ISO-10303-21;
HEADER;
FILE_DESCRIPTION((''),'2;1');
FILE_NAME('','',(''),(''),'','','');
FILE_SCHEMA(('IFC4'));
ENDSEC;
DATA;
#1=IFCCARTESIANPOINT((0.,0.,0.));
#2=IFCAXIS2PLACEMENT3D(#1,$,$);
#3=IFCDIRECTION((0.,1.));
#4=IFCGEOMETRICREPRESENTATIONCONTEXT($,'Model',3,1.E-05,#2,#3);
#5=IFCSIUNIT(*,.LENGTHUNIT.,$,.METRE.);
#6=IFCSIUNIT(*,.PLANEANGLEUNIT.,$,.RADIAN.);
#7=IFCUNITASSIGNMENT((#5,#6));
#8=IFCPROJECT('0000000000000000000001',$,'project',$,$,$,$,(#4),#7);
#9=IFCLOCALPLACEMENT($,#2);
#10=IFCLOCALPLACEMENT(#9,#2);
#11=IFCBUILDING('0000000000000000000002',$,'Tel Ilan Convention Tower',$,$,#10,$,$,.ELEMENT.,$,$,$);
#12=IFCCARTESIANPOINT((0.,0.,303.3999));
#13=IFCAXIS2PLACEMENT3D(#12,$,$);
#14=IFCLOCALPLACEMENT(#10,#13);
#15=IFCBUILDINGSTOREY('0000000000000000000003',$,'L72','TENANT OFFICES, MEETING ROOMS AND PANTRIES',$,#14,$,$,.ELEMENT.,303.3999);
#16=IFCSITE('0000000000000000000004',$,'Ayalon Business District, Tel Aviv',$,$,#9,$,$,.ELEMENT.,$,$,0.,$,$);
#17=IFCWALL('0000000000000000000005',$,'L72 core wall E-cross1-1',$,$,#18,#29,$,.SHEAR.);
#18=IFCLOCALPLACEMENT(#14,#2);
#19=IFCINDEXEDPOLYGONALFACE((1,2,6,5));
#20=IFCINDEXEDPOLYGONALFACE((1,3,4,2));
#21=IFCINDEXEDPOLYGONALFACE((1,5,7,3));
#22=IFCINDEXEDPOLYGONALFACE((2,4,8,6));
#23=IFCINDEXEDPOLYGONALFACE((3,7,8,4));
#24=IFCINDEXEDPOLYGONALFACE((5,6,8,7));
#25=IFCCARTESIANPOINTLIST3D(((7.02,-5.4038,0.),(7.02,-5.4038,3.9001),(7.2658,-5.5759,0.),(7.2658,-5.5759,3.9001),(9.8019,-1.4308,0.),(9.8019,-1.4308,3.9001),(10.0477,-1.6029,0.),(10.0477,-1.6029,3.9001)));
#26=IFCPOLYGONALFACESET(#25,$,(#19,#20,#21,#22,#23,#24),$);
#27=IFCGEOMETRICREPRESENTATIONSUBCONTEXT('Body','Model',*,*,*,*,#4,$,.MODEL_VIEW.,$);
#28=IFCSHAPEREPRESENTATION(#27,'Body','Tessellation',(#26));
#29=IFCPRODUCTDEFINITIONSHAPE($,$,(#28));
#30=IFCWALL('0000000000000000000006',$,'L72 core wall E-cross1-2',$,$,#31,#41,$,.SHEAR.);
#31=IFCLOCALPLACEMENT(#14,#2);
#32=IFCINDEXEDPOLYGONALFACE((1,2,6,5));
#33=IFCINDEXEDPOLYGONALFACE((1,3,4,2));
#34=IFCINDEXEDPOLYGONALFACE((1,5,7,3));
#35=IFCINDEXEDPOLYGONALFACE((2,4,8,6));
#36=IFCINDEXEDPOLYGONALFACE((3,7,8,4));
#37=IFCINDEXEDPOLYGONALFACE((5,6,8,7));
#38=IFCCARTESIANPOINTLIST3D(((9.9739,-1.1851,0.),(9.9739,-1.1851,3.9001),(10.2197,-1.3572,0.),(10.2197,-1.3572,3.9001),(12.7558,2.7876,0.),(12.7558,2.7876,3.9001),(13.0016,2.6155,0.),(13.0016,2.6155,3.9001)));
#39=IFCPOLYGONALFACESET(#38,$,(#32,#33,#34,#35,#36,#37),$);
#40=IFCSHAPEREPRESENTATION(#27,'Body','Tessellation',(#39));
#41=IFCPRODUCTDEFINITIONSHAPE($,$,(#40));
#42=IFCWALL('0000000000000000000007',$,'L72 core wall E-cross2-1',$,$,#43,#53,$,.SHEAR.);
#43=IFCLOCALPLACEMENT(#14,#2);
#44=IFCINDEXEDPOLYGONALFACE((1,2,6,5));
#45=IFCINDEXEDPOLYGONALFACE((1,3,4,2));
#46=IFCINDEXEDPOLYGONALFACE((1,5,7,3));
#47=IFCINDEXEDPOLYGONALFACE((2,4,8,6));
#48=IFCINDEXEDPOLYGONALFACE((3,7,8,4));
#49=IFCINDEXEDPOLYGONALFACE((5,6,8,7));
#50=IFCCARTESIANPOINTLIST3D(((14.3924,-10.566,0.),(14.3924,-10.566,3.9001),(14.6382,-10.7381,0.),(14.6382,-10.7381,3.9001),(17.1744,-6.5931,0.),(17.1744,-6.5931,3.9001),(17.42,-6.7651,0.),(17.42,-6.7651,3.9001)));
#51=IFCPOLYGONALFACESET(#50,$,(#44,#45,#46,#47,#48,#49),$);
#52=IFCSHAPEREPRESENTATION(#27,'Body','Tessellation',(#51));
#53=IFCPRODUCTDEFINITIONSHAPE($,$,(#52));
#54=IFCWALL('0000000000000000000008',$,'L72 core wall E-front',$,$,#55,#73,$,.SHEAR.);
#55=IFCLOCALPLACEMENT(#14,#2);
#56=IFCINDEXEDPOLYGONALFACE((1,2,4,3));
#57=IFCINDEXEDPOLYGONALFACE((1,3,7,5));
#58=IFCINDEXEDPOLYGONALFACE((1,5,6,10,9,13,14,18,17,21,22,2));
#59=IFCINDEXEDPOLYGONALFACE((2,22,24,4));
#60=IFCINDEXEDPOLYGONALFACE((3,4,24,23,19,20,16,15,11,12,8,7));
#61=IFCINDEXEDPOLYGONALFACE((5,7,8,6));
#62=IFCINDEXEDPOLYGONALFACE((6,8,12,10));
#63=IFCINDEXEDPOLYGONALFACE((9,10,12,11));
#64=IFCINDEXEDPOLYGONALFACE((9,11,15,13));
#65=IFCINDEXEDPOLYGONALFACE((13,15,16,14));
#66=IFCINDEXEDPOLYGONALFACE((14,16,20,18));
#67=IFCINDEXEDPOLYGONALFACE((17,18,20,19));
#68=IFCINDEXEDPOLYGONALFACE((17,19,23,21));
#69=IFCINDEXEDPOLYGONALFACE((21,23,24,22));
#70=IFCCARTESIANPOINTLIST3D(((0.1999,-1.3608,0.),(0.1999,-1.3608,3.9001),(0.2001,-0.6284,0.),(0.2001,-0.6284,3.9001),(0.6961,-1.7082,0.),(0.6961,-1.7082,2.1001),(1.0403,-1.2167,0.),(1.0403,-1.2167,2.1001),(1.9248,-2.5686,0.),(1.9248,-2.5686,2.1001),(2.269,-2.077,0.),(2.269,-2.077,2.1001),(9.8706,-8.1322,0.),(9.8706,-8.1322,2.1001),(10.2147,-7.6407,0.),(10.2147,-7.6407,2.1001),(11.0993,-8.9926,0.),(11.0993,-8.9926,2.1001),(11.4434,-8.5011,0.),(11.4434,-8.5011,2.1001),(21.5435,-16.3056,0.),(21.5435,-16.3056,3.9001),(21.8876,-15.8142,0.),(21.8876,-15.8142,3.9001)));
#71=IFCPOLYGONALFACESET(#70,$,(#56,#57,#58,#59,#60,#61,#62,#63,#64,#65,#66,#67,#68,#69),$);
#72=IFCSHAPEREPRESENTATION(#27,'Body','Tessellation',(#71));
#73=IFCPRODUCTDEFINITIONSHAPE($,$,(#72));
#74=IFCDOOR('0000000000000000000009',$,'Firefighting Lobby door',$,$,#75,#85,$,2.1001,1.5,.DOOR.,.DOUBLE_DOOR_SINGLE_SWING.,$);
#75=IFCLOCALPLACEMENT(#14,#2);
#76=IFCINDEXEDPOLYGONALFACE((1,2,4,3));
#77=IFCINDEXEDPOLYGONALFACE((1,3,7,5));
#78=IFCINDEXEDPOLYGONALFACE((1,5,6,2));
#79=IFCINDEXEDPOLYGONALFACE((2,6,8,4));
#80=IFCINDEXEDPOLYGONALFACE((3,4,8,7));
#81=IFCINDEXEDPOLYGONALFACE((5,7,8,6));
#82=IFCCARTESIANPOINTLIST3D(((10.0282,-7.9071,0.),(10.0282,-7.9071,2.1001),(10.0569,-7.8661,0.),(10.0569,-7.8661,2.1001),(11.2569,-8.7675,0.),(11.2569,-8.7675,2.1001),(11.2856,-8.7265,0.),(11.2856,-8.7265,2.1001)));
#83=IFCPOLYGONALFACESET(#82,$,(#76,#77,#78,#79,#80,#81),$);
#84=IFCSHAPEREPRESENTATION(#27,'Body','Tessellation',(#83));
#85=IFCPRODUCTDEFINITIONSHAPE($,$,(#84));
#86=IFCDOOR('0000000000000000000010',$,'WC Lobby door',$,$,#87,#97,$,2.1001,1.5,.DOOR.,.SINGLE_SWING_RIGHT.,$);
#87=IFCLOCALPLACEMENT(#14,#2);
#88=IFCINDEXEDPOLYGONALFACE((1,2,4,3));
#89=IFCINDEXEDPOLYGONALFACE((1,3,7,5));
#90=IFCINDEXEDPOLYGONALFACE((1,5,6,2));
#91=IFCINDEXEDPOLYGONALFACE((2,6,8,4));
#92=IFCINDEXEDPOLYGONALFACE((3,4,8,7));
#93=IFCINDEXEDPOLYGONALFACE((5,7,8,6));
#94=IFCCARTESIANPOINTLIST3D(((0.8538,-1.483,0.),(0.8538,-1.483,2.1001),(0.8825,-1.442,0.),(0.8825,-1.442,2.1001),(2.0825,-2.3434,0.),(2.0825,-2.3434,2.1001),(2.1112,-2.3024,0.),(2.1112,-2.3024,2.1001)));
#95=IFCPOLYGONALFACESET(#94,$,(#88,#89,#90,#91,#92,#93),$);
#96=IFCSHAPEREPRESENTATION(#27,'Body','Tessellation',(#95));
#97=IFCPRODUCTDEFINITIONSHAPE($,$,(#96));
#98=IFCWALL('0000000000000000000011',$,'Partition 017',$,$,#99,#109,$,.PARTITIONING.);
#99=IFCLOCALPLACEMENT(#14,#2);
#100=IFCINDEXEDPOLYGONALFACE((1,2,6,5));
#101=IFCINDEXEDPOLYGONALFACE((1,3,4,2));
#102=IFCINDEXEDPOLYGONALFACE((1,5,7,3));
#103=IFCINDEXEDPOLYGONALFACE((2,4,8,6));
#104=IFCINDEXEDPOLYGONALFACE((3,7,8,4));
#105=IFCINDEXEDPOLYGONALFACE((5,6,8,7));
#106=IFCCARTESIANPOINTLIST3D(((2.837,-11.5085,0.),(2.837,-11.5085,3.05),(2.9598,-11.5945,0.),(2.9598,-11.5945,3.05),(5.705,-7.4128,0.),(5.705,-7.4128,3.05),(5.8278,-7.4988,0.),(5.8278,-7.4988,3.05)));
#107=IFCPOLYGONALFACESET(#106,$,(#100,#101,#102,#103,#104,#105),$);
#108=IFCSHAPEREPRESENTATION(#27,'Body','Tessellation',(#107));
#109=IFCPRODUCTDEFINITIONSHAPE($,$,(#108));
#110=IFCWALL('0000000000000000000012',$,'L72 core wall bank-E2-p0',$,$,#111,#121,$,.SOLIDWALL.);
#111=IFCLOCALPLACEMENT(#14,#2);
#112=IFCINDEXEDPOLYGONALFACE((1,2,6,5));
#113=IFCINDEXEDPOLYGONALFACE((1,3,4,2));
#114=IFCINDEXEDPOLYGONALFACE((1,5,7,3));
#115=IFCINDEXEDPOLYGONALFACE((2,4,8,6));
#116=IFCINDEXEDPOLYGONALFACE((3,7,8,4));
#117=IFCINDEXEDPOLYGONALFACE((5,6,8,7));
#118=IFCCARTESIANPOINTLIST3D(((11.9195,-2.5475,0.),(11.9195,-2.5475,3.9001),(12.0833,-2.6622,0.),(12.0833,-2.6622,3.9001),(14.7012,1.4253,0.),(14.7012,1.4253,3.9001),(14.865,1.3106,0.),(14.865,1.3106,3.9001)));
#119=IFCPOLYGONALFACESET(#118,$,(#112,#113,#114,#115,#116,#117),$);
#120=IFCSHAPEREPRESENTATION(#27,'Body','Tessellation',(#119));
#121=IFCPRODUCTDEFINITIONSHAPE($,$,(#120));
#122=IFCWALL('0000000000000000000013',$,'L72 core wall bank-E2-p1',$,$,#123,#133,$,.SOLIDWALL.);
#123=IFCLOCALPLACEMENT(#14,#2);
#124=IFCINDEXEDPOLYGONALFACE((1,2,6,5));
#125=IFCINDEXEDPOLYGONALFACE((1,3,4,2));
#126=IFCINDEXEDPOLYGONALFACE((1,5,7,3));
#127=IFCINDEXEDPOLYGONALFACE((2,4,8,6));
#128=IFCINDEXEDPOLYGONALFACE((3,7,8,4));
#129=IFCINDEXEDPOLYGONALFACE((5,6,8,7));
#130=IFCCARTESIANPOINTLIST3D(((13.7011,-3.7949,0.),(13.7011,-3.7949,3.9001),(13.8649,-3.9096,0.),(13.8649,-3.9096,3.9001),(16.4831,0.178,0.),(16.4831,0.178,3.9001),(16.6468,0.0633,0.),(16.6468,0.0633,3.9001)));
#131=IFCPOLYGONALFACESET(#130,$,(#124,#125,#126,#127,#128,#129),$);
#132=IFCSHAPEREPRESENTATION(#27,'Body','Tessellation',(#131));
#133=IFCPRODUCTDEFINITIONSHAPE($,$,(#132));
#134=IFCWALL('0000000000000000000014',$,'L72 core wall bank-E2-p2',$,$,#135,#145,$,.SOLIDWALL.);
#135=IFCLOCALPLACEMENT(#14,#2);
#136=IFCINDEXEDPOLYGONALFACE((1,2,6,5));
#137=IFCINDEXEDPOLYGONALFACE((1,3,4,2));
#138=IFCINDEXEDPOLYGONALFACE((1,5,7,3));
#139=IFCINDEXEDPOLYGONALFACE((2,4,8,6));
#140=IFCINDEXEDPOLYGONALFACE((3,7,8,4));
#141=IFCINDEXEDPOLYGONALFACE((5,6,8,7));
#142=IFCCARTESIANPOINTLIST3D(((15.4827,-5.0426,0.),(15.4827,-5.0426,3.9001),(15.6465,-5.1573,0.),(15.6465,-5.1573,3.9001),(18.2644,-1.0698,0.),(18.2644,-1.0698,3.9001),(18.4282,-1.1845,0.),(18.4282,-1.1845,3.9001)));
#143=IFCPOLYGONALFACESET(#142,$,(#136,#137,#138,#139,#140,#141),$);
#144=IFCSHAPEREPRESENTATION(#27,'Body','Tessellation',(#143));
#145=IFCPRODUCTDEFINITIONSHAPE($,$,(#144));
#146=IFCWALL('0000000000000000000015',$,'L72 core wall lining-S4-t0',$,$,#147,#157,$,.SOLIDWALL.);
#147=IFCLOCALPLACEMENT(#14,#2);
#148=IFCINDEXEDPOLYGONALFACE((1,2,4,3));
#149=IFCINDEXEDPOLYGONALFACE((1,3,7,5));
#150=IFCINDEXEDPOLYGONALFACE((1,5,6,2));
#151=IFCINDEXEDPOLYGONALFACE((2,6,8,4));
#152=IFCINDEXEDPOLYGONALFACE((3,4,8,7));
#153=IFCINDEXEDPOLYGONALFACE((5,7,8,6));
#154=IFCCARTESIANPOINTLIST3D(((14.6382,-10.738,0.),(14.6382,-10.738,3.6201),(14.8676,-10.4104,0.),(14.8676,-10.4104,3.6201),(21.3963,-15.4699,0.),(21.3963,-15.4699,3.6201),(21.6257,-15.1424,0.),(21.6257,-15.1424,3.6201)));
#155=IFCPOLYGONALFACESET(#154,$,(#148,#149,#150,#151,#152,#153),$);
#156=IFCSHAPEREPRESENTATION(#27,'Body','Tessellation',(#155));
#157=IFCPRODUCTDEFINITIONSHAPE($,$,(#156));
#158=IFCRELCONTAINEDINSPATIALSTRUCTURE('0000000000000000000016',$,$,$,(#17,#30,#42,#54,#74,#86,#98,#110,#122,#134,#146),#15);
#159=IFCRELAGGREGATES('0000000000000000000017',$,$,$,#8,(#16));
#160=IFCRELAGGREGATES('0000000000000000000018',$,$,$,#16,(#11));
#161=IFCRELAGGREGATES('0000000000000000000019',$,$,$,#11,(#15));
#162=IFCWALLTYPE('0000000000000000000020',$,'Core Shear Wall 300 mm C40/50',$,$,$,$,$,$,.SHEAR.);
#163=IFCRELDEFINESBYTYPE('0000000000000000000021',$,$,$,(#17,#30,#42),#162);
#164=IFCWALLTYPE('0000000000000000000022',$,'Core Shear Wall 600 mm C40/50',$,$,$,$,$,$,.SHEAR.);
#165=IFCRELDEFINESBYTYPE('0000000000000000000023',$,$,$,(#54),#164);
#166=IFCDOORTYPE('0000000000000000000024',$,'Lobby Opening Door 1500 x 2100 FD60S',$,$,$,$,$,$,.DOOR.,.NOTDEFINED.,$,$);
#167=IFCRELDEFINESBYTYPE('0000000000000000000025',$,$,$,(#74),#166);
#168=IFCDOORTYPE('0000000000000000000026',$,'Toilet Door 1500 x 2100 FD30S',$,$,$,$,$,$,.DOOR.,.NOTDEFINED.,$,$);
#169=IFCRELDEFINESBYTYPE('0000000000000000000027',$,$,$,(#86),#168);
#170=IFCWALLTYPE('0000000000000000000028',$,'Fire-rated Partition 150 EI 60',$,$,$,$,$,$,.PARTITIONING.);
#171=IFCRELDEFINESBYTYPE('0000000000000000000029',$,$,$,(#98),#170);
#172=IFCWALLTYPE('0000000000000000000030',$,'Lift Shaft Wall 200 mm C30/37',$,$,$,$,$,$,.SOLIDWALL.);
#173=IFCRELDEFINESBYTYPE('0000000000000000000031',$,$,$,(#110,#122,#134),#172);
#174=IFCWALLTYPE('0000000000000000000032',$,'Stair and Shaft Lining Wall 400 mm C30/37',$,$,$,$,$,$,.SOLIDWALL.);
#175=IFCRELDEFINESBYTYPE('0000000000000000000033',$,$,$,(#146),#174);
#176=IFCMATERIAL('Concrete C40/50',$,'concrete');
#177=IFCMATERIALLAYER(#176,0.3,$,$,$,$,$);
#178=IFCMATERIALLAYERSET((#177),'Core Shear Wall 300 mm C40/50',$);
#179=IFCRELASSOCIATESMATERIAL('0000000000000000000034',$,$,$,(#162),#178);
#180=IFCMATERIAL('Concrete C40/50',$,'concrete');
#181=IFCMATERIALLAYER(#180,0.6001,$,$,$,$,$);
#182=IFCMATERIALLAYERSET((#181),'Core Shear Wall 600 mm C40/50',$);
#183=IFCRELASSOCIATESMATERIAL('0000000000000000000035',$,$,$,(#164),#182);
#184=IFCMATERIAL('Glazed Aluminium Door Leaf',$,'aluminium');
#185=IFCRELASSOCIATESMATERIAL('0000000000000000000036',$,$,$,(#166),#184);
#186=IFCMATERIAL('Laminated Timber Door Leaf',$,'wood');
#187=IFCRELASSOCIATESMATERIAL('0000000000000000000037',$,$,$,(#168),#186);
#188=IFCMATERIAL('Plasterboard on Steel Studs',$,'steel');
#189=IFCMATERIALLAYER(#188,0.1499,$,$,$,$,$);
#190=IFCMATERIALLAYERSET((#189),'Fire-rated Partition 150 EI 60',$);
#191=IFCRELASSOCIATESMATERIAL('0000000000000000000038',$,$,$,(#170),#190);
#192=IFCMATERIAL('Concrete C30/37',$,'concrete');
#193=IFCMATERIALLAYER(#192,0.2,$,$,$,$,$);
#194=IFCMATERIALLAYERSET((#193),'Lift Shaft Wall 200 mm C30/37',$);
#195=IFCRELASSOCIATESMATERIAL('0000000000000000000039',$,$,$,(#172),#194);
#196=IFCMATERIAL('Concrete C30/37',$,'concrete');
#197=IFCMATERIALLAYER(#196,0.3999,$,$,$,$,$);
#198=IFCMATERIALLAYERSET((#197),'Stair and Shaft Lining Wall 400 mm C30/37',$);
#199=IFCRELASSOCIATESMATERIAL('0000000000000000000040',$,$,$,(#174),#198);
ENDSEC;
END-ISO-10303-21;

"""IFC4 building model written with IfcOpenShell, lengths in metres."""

from ifc_helpers import new_model, si_unit, direction, frame, frame_2d, origin, place, context, subcontext, project, spatial, polyline, rectangle, outline, extrude, material, layer, layer_set, type_object, element, fill, save


model = new_model("IFC4")

# Units and contexts
model_context = context("Model", 3, precision=1e-05, world=origin(), true_north=direction((0.0, 1.0)))
body_context = subcontext(model_context, "Body", "Model", "MODEL_VIEW")
ifc_project = project(units=[si_unit("LENGTHUNIT", "METRE"), si_unit("PLANEANGLEUNIT", "RADIAN")], contexts=[model_context])

# Site, building, storey
site_placement = place(None, origin())
site = spatial("IfcSite", under=ifc_project, at=site_placement, Name="Ayalon Business District, Tel Aviv", CompositionType="ELEMENT", RefElevation=0.0)
building_placement = place(site_placement, origin())
building = spatial("IfcBuilding", under=site, at=building_placement, Name="Tel Ilan Convention Tower", CompositionType="ELEMENT")
storey_placement = place(building_placement, frame((0.0, 0.0, 303.3999)))
storey = spatial("IfcBuildingStorey", under=building, at=storey_placement, Name="L72", Description="TENANT OFFICES, MEETING ROOMS AND PANTRIES", CompositionType="ELEMENT", Elevation=303.3999)

# Walls
ifc_material_1 = material(Name="Concrete C40/50", Category="concrete")
ifc_layer_1 = layer(ifc_material_1, 0.3)
ifc_layer_set_1 = layer_set([ifc_layer_1], Name="Core Shear Wall 300 mm C40/50")
wall_type_1 = type_object("IfcWallType", Name="Core Shear Wall 300 mm C40/50", PredefinedType="SHEAR", material=ifc_layer_set_1)
wall_1_placement = place(storey_placement, frame((7.1428, -5.4897, 0.0), z_axis=(0.0, 0.0, 1.0), x_axis=(0.573618, 0.819123, 0.0)))
element("IfcWall", 1, at=wall_1_placement, inside=storey, type_object=wall_type_1, Name="L72 core wall E-cross1-1", PredefinedType="SHEAR", context=body_context, shape_type="SweptSolid", body=[
    extrude(outline(polyline([(0.0, 0.1499), (0.0, -0.1501), (4.8501, -0.1499), (4.8501, 0.1501), (0.0, 0.1499)])), origin(), (0.0, 0.0, 1.0), 3.9001),
])
wall_2_placement = place(storey_placement, frame((10.0969, -1.2712, 0.0), z_axis=(0.0, 0.0, 1.0), x_axis=(0.57356, 0.819163, 0.0)))
element("IfcWall", 2, at=wall_2_placement, inside=storey, type_object=wall_type_1, Name="L72 core wall E-cross1-2", PredefinedType="SHEAR", context=body_context, shape_type="SweptSolid", body=[
    extrude(outline(polyline([(4.8499, -0.1501), (4.8499, 0.1499), (0.0, 0.1501), (0.0, -0.1499), (4.8499, -0.1501)])), origin(), (0.0, 0.0, 1.0), 3.9001),
])
wall_3_placement = place(storey_placement, frame((14.5154, -10.6521, 0.0), z_axis=(0.0, 0.0, 1.0), x_axis=(0.57356, 0.819163, 0.0)))
element("IfcWall", 3, at=wall_3_placement, inside=storey, type_object=wall_type_1, Name="L72 core wall E-cross2-1", PredefinedType="SHEAR", context=body_context, shape_type="SweptSolid", body=[
    extrude(outline(polyline([(0.0, 0.1501), (0.0, -0.1499), (4.8501, -0.1499), (4.8501, 0.1499), (0.0, 0.1501)])), origin(), (0.0, 0.0, 1.0), 3.9001),
])

# Wall, openings, doors
ifc_material_2 = material(Name="Concrete C40/50", Category="concrete")
ifc_layer_2 = layer(ifc_material_2, 0.6001)
ifc_layer_set_2 = layer_set([ifc_layer_2], Name="Core Shear Wall 600 mm C40/50")
wall_type_2 = type_object("IfcWallType", Name="Core Shear Wall 600 mm C40/50", PredefinedType="SHEAR", material=ifc_layer_set_2)
wall_4_placement = place(storey_placement, frame((0.0278, -0.874, 0.0), z_axis=(0.0, 0.0, 1.0), x_axis=(0.81915, -0.573579, 0.0)))
wall_4 = element("IfcWall", 4, at=wall_4_placement, inside=storey, type_object=wall_type_2, Name="L72 core wall E-front", PredefinedType="SHEAR", context=body_context, shape_type="SweptSolid", body=[
    extrude(outline(polyline([(26.4758, 0.3), (0.0002, 0.3), (0.4202, -0.3), (26.4758, -0.2998), (26.4758, 0.3)])), origin(), (0.0, 0.0, 1.0), 3.9001),
])
opening_1_placement = place(wall_4_placement, frame((1.0259, 0.0, 0.0)))
opening_1 = element("IfcOpeningElement", 5, at=opening_1_placement, cuts=wall_4, PredefinedType="OPENING", context=body_context, shape_type="SweptSolid", body=[
    extrude(rectangle(XDim=1.5, YDim=2.1001, at=frame_2d((0.75, 1.05))), frame((0.0, 0.3101, 0.0), z_axis=(0.0, -1.0, 0.0), x_axis=(1.0, 0.0, 0.0)), (0.0, 0.0, 1.0), 0.6201),
])
opening_2_placement = place(wall_4_placement, frame((12.2258, 0.0, 0.0)))
opening_2 = element("IfcOpeningElement", 6, at=opening_2_placement, cuts=wall_4, PredefinedType="OPENING", context=body_context, shape_type="SweptSolid", body=[
    extrude(rectangle(XDim=1.5, YDim=2.1001, at=frame_2d((0.75, 1.05))), frame((0.0, 0.3101, 0.0), z_axis=(0.0, -1.0, 0.0), x_axis=(1.0, 0.0, 0.0)), (0.0, 0.0, 1.0), 0.6201),
])
ifc_material_3 = material(Name="Glazed Aluminium Door Leaf", Category="aluminium")
door_type_1 = type_object("IfcDoorType", Name="Lobby Opening Door 1500 x 2100 FD60S", OperationType="NOTDEFINED", PredefinedType="DOOR", material=ifc_material_3)
door_1_placement = place(opening_2_placement, origin())
door_1 = element("IfcDoor", 7, at=door_1_placement, inside=storey, type_object=door_type_1, Name="Firefighting Lobby door", OperationType="DOUBLE_DOOR_SINGLE_SWING", OverallHeight=2.1001, OverallWidth=1.5, PredefinedType="DOOR", context=body_context, shape_type="SweptSolid", body=[
    extrude(rectangle(XDim=1.5, YDim=2.1001, at=frame_2d((0.75, 1.05))), frame((0.0, 0.0249, 0.0), z_axis=(0.0, -1.0, 0.0), x_axis=(1.0, 0.0, 0.0)), (0.0, 0.0, 1.0), 0.05),
])
fill(opening_2, door_1)
ifc_material_4 = material(Name="Laminated Timber Door Leaf", Category="wood")
door_type_2 = type_object("IfcDoorType", Name="Toilet Door 1500 x 2100 FD30S", OperationType="NOTDEFINED", PredefinedType="DOOR", material=ifc_material_4)
door_2_placement = place(opening_1_placement, origin())
door_2 = element("IfcDoor", 8, at=door_2_placement, inside=storey, type_object=door_type_2, Name="WC Lobby door", OperationType="SINGLE_SWING_RIGHT", OverallHeight=2.1001, OverallWidth=1.5, PredefinedType="DOOR", context=body_context, shape_type="SweptSolid", body=[
    extrude(rectangle(XDim=1.5, YDim=2.1001, at=frame_2d((0.75, 1.05))), frame((0.0, 0.0249, 0.0), z_axis=(0.0, -1.0, 0.0), x_axis=(1.0, 0.0, 0.0)), (0.0, 0.0, 1.0), 0.05),
])
fill(opening_1, door_2)

# Walls
ifc_material_5 = material(Name="Plasterboard on Steel Studs", Category="steel")
ifc_layer_3 = layer(ifc_material_5, 0.1499)
ifc_layer_set_3 = layer_set([ifc_layer_3], Name="Fire-rated Partition 150 EI 60")
wall_type_3 = type_object("IfcWallType", Name="Fire-rated Partition 150 EI 60", PredefinedType="PARTITIONING", material=ifc_layer_set_3)
wall_5_placement = place(storey_placement, frame((2.8984, -11.5515, 0.0), z_axis=(0.0, 0.0, 1.0), x_axis=(0.573587, 0.819145, 0.0)))
element("IfcWall", 9, at=wall_5_placement, inside=storey, type_object=wall_type_3, Name="Partition 017", PredefinedType="PARTITIONING", context=body_context, shape_type="SweptSolid", body=[
    extrude(rectangle(XDim=5.0, YDim=0.1499, at=frame_2d((2.5, 0.0))), origin(), (0.0, 0.0, 1.0), 3.05),
])
ifc_material_6 = material(Name="Concrete C30/37", Category="concrete")
ifc_layer_4 = layer(ifc_material_6, 0.2)
ifc_layer_set_4 = layer_set([ifc_layer_4], Name="Lift Shaft Wall 200 mm C30/37")
wall_type_4 = type_object("IfcWallType", Name="Lift Shaft Wall 200 mm C30/37", PredefinedType="SOLIDWALL", material=ifc_layer_set_4)
wall_6_placement = place(storey_placement, frame((12.0015, -2.6047, 0.0), z_axis=(0.0, 0.0, 1.0), x_axis=(0.57356, 0.819163, 0.0)))
element("IfcWall", 10, at=wall_6_placement, inside=storey, type_object=wall_type_4, Name="L72 core wall bank-E2-p0", PredefinedType="SOLIDWALL", context=body_context, shape_type="SweptSolid", body=[
    extrude(rectangle(XDim=4.8499, YDim=0.2, at=frame_2d((2.4248, 0.0))), origin(), (0.0, 0.0, 1.0), 3.9001),
])
wall_7_placement = place(storey_placement, frame((13.783, -3.8523, 0.0), z_axis=(0.0, 0.0, 1.0), x_axis=(0.573594, 0.81914, 0.0)))
element("IfcWall", 11, at=wall_7_placement, inside=storey, type_object=wall_type_4, Name="L72 core wall bank-E2-p1", PredefinedType="SOLIDWALL", context=body_context, shape_type="SweptSolid", body=[
    extrude(rectangle(XDim=4.8501, YDim=0.2, at=frame_2d((2.425, 0.0))), origin(), (0.0, 0.0, 1.0), 3.9001),
])
wall_8_placement = place(storey_placement, frame((15.5647, -5.0999, 0.0), z_axis=(0.0, 0.0, 1.0), x_axis=(0.57356, 0.819163, 0.0)))
element("IfcWall", 12, at=wall_8_placement, inside=storey, type_object=wall_type_4, Name="L72 core wall bank-E2-p2", PredefinedType="SOLIDWALL", context=body_context, shape_type="SweptSolid", body=[
    extrude(rectangle(XDim=4.8499, YDim=0.2, at=frame_2d((2.4248, 0.0))), origin(), (0.0, 0.0, 1.0), 3.9001),
])
ifc_material_7 = material(Name="Concrete C30/37", Category="concrete")
ifc_layer_5 = layer(ifc_material_7, 0.3999)
ifc_layer_set_5 = layer_set([ifc_layer_5], Name="Stair and Shaft Lining Wall 400 mm C30/37")
wall_type_5 = type_object("IfcWallType", Name="Stair and Shaft Lining Wall 400 mm C30/37", PredefinedType="SOLIDWALL", material=ifc_layer_set_5)
wall_9_placement = place(storey_placement, frame((14.7529, -10.5742, 0.0), z_axis=(0.0, 0.0, 1.0), x_axis=(0.819158, -0.573568, 0.0)))
element("IfcWall", 13, at=wall_9_placement, inside=storey, type_object=wall_type_5, Name="L72 core wall lining-S4-t0", PredefinedType="SOLIDWALL", context=body_context, shape_type="SweptSolid", body=[
    extrude(rectangle(XDim=8.25, YDim=0.3999, at=frame_2d((4.125, 0.0))), origin(), (0.0, 0.0, 1.0), 3.6201),
])

save(model, "model.ifc")
